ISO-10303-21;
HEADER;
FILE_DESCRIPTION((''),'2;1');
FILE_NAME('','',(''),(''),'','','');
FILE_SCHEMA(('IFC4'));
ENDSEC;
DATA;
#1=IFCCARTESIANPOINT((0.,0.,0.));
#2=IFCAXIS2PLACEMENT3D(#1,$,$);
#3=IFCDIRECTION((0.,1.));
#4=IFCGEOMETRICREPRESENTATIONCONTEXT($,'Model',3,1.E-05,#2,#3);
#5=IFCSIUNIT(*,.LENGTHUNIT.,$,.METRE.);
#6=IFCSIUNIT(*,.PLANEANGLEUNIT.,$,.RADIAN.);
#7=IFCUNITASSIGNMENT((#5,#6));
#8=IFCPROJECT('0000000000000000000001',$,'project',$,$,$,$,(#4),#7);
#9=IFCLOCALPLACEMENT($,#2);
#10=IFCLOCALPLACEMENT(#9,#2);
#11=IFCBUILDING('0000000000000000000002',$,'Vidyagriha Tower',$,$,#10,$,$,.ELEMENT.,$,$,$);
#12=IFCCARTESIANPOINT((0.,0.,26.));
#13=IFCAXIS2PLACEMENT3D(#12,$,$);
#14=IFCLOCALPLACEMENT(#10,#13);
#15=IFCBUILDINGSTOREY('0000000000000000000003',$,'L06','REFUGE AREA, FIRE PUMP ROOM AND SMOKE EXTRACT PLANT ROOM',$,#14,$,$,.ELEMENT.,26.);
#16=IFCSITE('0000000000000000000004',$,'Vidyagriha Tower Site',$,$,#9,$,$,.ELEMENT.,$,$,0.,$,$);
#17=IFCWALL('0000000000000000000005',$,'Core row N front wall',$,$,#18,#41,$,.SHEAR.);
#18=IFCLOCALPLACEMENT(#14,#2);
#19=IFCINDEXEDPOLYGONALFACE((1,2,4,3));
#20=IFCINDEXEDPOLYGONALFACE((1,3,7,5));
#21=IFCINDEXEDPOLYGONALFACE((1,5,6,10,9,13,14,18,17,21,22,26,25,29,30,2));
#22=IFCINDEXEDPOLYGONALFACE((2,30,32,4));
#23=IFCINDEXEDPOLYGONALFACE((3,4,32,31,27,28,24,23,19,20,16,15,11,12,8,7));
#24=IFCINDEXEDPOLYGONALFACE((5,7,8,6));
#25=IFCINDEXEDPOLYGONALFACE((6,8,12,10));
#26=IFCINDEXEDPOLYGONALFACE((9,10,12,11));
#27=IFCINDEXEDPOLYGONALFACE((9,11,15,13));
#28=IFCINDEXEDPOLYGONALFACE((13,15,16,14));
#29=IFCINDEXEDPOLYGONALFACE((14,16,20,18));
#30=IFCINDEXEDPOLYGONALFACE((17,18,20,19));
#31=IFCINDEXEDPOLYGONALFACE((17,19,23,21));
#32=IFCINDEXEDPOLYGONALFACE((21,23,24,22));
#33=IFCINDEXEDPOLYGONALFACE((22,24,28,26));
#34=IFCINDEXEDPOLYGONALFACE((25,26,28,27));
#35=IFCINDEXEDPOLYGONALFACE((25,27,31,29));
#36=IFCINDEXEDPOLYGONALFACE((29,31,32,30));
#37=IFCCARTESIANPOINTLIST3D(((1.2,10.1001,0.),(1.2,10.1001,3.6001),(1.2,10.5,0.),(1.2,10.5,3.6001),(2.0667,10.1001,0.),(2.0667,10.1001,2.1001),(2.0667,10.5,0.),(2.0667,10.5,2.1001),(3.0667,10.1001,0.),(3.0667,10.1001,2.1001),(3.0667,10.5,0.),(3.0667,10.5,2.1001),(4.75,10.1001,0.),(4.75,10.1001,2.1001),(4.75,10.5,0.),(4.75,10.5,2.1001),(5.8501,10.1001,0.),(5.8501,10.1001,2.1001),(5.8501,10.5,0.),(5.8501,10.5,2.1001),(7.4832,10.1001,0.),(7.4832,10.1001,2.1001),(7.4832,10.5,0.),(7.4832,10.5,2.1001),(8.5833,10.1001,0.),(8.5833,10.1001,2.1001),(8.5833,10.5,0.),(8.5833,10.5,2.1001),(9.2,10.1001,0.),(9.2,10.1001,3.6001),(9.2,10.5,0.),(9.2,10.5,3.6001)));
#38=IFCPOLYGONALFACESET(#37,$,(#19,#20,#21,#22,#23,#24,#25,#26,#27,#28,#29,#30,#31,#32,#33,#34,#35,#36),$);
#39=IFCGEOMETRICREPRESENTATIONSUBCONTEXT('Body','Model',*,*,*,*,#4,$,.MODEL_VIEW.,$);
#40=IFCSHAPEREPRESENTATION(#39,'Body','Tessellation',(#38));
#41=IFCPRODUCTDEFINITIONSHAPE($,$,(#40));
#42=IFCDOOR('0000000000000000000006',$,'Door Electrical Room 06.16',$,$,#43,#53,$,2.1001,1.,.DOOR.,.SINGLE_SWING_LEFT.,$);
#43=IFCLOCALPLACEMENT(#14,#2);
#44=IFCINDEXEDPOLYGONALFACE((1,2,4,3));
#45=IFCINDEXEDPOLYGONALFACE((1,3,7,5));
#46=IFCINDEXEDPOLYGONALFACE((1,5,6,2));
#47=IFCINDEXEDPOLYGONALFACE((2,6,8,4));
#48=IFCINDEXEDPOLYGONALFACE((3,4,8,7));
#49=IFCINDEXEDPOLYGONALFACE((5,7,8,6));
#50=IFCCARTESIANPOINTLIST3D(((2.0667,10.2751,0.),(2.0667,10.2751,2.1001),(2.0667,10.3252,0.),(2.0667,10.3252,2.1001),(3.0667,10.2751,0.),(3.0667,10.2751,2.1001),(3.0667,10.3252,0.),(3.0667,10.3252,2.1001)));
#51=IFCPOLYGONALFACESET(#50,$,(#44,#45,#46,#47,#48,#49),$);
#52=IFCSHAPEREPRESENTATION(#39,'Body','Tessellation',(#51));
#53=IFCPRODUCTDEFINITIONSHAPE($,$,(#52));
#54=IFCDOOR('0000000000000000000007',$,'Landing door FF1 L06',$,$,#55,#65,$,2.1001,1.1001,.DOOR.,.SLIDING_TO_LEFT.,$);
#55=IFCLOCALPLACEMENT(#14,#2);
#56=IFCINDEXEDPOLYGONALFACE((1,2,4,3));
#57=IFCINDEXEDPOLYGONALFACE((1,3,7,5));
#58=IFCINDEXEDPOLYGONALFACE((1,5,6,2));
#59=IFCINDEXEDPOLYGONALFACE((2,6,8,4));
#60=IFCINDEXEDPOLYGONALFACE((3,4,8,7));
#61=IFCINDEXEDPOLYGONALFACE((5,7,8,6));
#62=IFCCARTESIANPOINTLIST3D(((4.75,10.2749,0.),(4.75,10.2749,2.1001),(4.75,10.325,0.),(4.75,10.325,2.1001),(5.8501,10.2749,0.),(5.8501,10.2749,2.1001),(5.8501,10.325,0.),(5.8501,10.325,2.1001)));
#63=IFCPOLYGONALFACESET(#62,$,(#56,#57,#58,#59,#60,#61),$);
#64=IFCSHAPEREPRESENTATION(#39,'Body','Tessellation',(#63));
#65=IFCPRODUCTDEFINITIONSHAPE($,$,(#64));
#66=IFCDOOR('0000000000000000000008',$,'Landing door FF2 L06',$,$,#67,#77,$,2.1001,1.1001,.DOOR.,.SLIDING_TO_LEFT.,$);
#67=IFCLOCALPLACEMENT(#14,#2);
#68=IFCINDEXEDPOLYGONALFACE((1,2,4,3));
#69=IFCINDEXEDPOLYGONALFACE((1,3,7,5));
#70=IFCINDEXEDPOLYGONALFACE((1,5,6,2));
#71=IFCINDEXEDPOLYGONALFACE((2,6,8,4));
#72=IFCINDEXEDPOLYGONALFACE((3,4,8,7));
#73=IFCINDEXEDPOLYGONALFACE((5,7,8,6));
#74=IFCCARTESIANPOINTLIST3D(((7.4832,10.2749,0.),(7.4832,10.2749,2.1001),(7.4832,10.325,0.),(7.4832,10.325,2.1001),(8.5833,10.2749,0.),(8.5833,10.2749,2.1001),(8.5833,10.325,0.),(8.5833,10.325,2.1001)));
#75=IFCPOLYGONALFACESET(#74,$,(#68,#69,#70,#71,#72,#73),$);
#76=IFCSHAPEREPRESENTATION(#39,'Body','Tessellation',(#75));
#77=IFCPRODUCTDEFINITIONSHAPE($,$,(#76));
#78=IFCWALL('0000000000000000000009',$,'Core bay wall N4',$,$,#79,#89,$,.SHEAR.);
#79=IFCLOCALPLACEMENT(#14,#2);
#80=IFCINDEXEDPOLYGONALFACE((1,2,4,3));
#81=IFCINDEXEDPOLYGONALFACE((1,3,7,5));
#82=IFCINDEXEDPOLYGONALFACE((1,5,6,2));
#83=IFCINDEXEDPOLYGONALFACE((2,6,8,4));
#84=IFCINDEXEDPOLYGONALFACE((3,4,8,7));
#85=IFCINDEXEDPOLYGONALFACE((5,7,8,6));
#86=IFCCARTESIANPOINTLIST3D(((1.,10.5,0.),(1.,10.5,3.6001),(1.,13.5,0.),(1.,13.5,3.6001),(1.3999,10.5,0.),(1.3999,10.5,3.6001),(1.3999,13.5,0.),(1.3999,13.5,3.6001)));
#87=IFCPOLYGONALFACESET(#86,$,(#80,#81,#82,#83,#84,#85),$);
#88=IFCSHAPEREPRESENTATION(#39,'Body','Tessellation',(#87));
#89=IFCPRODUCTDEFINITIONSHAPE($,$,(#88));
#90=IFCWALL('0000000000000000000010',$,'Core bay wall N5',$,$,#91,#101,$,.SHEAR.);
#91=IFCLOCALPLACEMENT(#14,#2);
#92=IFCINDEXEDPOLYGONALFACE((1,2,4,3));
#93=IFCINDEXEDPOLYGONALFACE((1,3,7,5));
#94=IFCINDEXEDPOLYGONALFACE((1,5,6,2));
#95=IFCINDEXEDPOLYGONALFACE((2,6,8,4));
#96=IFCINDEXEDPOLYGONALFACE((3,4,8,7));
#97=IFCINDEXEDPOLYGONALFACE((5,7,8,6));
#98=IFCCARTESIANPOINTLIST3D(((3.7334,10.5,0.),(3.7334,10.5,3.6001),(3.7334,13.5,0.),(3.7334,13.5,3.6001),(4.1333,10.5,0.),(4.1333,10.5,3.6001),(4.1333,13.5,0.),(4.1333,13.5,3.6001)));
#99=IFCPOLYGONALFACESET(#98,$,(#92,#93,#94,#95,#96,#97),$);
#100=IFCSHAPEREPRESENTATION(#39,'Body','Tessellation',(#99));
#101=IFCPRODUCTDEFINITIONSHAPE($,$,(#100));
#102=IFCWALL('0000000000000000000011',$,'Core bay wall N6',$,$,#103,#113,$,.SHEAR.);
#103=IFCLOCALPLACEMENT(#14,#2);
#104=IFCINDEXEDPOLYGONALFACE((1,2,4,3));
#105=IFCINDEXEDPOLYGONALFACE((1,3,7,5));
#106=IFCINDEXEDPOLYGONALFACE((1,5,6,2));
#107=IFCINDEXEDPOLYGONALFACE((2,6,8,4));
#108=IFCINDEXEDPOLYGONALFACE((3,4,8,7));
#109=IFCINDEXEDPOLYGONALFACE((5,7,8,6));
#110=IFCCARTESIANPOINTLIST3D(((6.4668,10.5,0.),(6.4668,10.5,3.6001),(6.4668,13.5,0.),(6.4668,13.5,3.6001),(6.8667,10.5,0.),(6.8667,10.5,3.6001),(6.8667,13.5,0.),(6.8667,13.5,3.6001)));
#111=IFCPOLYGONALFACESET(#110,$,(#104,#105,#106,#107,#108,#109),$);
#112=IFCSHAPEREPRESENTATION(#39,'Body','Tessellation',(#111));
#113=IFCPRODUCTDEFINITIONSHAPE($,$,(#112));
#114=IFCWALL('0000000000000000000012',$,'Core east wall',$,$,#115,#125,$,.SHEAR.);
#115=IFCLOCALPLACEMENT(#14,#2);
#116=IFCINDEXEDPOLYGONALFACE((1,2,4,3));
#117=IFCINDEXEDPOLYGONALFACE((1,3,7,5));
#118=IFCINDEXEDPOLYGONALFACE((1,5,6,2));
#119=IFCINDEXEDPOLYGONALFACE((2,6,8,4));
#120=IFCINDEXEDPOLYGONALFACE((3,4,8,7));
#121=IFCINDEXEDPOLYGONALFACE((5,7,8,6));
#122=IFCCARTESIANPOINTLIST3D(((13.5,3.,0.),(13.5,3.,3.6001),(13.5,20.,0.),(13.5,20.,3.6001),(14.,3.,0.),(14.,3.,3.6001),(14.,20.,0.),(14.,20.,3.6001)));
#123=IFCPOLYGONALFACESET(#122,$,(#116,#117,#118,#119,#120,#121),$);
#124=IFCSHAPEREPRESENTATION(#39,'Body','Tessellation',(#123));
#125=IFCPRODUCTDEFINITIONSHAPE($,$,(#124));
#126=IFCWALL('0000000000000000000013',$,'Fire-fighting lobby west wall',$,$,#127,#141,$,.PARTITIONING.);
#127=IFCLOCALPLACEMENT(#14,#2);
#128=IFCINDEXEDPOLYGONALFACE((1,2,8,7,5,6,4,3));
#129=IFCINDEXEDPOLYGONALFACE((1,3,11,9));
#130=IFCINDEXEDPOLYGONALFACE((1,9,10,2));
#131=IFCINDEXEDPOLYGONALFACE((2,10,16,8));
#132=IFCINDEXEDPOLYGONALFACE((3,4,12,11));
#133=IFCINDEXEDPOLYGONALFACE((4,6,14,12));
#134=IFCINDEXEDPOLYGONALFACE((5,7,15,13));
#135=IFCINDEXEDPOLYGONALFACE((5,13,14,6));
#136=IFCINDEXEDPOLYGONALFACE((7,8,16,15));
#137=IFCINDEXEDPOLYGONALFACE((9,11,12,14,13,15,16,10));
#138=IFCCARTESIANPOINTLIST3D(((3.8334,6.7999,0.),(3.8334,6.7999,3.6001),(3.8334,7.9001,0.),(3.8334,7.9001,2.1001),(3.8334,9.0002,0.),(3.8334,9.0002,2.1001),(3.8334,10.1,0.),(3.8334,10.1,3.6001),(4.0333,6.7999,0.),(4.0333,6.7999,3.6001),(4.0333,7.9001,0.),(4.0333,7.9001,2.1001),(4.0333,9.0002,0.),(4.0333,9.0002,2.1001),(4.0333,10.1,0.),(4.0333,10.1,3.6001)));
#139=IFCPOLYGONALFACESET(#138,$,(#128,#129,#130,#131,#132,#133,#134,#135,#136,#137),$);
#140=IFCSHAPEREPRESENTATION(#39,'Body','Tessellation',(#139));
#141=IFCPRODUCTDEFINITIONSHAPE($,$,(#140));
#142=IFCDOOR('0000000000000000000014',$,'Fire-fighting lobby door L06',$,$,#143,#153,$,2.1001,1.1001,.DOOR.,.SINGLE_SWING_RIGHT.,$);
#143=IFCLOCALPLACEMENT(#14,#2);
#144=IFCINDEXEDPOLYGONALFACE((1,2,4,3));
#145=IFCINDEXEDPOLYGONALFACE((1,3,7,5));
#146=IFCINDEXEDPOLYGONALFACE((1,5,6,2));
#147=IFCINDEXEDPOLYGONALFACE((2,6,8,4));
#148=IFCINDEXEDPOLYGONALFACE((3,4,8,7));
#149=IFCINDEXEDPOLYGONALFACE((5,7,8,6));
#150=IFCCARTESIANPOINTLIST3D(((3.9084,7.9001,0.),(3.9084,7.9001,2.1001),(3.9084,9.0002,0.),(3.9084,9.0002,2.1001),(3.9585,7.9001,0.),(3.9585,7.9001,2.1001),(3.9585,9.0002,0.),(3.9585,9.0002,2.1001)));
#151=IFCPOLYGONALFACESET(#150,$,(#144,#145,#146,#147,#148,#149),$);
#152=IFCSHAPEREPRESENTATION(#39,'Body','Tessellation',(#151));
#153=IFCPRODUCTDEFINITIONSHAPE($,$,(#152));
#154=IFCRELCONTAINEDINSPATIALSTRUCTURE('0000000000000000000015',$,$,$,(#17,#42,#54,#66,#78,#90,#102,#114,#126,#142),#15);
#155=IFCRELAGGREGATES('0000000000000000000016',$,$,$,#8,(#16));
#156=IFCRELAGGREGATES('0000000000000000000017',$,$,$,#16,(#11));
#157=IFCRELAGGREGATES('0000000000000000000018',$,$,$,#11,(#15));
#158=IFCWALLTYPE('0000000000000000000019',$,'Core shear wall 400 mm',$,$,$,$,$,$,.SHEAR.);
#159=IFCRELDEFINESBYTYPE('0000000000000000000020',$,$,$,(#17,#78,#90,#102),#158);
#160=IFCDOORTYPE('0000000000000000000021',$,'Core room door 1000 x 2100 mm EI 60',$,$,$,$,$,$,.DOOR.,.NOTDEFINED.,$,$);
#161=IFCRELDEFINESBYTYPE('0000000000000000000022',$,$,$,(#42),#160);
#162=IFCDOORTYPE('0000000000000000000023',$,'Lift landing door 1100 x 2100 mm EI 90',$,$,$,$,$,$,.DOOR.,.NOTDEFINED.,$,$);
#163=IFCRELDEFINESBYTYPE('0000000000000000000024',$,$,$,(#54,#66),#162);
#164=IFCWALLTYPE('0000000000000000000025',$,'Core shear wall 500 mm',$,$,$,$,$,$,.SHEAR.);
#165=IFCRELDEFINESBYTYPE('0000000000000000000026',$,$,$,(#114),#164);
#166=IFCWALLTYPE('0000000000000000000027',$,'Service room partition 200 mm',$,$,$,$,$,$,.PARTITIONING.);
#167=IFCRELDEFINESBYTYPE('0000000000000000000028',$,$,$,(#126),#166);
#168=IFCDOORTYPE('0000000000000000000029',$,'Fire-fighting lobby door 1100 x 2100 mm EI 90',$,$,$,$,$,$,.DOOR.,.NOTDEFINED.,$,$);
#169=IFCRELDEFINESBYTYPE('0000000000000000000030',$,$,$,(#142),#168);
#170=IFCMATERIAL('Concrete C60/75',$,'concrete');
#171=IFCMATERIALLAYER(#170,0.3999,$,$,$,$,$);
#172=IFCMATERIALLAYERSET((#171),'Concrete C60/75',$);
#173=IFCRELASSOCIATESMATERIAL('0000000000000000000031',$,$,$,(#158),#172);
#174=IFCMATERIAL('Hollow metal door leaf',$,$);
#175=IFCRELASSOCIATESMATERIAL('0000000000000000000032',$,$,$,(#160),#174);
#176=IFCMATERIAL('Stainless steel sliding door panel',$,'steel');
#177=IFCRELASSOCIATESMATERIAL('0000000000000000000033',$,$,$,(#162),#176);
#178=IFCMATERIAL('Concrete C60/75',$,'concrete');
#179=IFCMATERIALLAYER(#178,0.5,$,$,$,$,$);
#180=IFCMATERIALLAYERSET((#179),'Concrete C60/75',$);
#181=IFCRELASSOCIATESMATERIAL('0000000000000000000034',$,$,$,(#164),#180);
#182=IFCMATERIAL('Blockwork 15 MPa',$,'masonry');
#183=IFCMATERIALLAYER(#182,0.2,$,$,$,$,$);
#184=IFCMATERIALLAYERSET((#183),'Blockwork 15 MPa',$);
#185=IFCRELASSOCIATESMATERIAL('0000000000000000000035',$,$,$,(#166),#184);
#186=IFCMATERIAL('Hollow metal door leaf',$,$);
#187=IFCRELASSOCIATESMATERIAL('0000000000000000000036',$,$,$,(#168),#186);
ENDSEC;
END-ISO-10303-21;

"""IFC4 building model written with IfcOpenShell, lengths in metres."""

from ifc_helpers import new_model, si_unit, direction, frame, frame_2d, origin, place, context, subcontext, project, spatial, rectangle, extrude, material, layer, layer_set, type_object, element, fill, save


model = new_model("IFC4")

# Units and contexts
model_context = context("Model", 3, precision=1e-05, world=origin(), true_north=direction((0.0, 1.0)))
body_context = subcontext(model_context, "Body", "Model", "MODEL_VIEW")
ifc_project = project(units=[si_unit("LENGTHUNIT", "METRE"), si_unit("PLANEANGLEUNIT", "RADIAN")], contexts=[model_context])

# Site, building, storey
site_placement = place(None, origin())
site = spatial("IfcSite", under=ifc_project, at=site_placement, Name="Vidyagriha Tower Site", CompositionType="ELEMENT", RefElevation=0.0)
building_placement = place(site_placement, origin())
building = spatial("IfcBuilding", under=site, at=building_placement, Name="Vidyagriha Tower", CompositionType="ELEMENT")
storey_placement = place(building_placement, frame((0.0, 0.0, 26.0)))
storey = spatial("IfcBuildingStorey", under=building, at=storey_placement, Name="L06", Description="REFUGE AREA, FIRE PUMP ROOM AND SMOKE EXTRACT PLANT ROOM", CompositionType="ELEMENT", Elevation=26.0)

# Shared definitions
ifc_material_1 = material(Name="Concrete C60/75", Category="concrete")
ifc_layer_1 = layer(ifc_material_1, 0.3999)
ifc_layer_set_1 = layer_set([ifc_layer_1], Name="Concrete C60/75")
wall_type_1 = type_object("IfcWallType", Name="Core shear wall 400 mm", PredefinedType="SHEAR", material=ifc_layer_set_1)
ifc_material_2 = material(Name="Hollow metal door leaf")
door_type_1 = type_object("IfcDoorType", Name="Core room door 1000 x 2100 mm EI 60", OperationType="NOTDEFINED", PredefinedType="DOOR", material=ifc_material_2)

# Wall, openings, doors
wall_1_placement = place(storey_placement, frame((1.2, 10.3, 0.0)))
wall_1 = element("IfcWall", 1, at=wall_1_placement, inside=storey, type_object=wall_type_1, Name="Core row N front wall", PredefinedType="SHEAR", context=body_context, shape_type="SweptSolid", body=[
    extrude(rectangle(XDim=8.0, YDim=0.3999, at=frame_2d((4.0, 0.0))), origin(), (0.0, 0.0, 1.0), 3.6001),
])
opening_1_placement = place(wall_1_placement, frame((3.55, 0.0, 0.0)))
opening_1 = element("IfcOpeningElement", 2, at=opening_1_placement, cuts=wall_1, PredefinedType="OPENING", context=body_context, shape_type="SweptSolid", body=[
    extrude(rectangle(XDim=1.1001, YDim=2.1001, at=frame_2d((0.55, 1.05))), frame((0.0, 0.21, 0.0), z_axis=(0.0, -1.0, 0.0), x_axis=(1.0, 0.0, 0.0)), (0.0, 0.0, 1.0), 0.4199),
])
opening_2_placement = place(wall_1_placement, frame((6.2832, 0.0, 0.0)))
opening_2 = element("IfcOpeningElement", 3, at=opening_2_placement, cuts=wall_1, PredefinedType="OPENING", context=body_context, shape_type="SweptSolid", body=[
    extrude(rectangle(XDim=1.1001, YDim=2.1001, at=frame_2d((0.55, 1.05))), frame((0.0, 0.21, 0.0), z_axis=(0.0, -1.0, 0.0), x_axis=(1.0, 0.0, 0.0)), (0.0, 0.0, 1.0), 0.4199),
])
opening_3_placement = place(wall_1_placement, frame((0.8667, 0.0, 0.0)))
opening_3 = element("IfcOpeningElement", 4, at=opening_3_placement, cuts=wall_1, PredefinedType="OPENING", context=body_context, shape_type="SweptSolid", body=[
    extrude(rectangle(XDim=1.0, YDim=2.1001, at=frame_2d((0.5, 1.05))), frame((0.0, 0.21, 0.0), z_axis=(0.0, -1.0, 0.0), x_axis=(1.0, 0.0, 0.0)), (0.0, 0.0, 1.0), 0.4199),
])
door_1_placement = place(opening_3_placement, frame((1.0, 0.0, 0.0), z_axis=(0.0, 0.0, 1.0), x_axis=(-1.0, 0.0, 0.0)))
door_1 = element("IfcDoor", 5, at=door_1_placement, inside=storey, type_object=door_type_1, Name="Door Electrical Room 06.16", OperationType="SINGLE_SWING_LEFT", OverallHeight=2.1001, OverallWidth=1.0, PredefinedType="DOOR", context=body_context, shape_type="SweptSolid", body=[
    extrude(rectangle(XDim=1.0, YDim=2.1001, at=frame_2d((0.5, 1.05))), frame((0.0, 0.0249, 0.0), z_axis=(0.0, -1.0, 0.0), x_axis=(1.0, 0.0, 0.0)), (0.0, 0.0, 1.0), 0.05),
])
fill(opening_3, door_1)
ifc_material_3 = material(Name="Stainless steel sliding door panel", Category="steel")
door_type_2 = type_object("IfcDoorType", Name="Lift landing door 1100 x 2100 mm EI 90", OperationType="NOTDEFINED", PredefinedType="DOOR", material=ifc_material_3)
door_2_placement = place(opening_1_placement, origin())
door_2 = element("IfcDoor", 6, at=door_2_placement, inside=storey, type_object=door_type_2, Name="Landing door FF1 L06", OperationType="SLIDING_TO_LEFT", OverallHeight=2.1001, OverallWidth=1.1001, PredefinedType="DOOR", context=body_context, shape_type="SweptSolid", body=[
    extrude(rectangle(XDim=1.1001, YDim=2.1001, at=frame_2d((0.55, 1.05))), frame((0.0, 0.0249, 0.0), z_axis=(0.0, -1.0, 0.0), x_axis=(1.0, 0.0, 0.0)), (0.0, 0.0, 1.0), 0.05),
])
fill(opening_1, door_2)
door_3_placement = place(opening_2_placement, origin())
door_3 = element("IfcDoor", 7, at=door_3_placement, inside=storey, type_object=door_type_2, Name="Landing door FF2 L06", OperationType="SLIDING_TO_LEFT", OverallHeight=2.1001, OverallWidth=1.1001, PredefinedType="DOOR", context=body_context, shape_type="SweptSolid", body=[
    extrude(rectangle(XDim=1.1001, YDim=2.1001, at=frame_2d((0.55, 1.05))), frame((0.0, 0.0249, 0.0), z_axis=(0.0, -1.0, 0.0), x_axis=(1.0, 0.0, 0.0)), (0.0, 0.0, 1.0), 0.05),
])
fill(opening_2, door_3)

# Walls
for number, where, z_axis, x_axis, name in (
    (8, (1.2, 10.5, 0.0), (0.0, 0.0, 1.0), (0.0, 1.0, 0.0), "Core bay wall N4"),
    (9, (3.9333, 10.5, 0.0), (0.0, 0.0, 1.0), (0.0, 1.0, 0.0), "Core bay wall N5"),
    (10, (6.6667, 10.5, 0.0), (0.0, 0.0, 1.0), (0.0, 1.0, 0.0), "Core bay wall N6"),
):
    element("IfcWall", number, at=place(storey_placement, frame(where, z_axis=z_axis, x_axis=x_axis)), inside=storey, type_object=wall_type_1, Name=name, PredefinedType="SHEAR", context=body_context, shape_type="SweptSolid", body=[
        extrude(rectangle(XDim=3.0, YDim=0.3999, at=frame_2d((1.5, 0.0))), origin(), (0.0, 0.0, 1.0), 3.6001),
    ])
ifc_material_4 = material(Name="Concrete C60/75", Category="concrete")
ifc_layer_2 = layer(ifc_material_4, 0.5)
ifc_layer_set_2 = layer_set([ifc_layer_2], Name="Concrete C60/75")
wall_type_2 = type_object("IfcWallType", Name="Core shear wall 500 mm", PredefinedType="SHEAR", material=ifc_layer_set_2)
wall_2_placement = place(storey_placement, frame((13.75, 3.0, 0.0), z_axis=(0.0, 0.0, 1.0), x_axis=(0.0, 1.0, 0.0)))
element("IfcWall", 11, at=wall_2_placement, inside=storey, type_object=wall_type_2, Name="Core east wall", PredefinedType="SHEAR", context=body_context, shape_type="SweptSolid", body=[
    extrude(rectangle(XDim=17.0, YDim=0.5, at=frame_2d((8.5, 0.0))), origin(), (0.0, 0.0, 1.0), 3.6001),
])

# Wall, opening, door
ifc_material_5 = material(Name="Blockwork 15 MPa", Category="masonry")
ifc_layer_3 = layer(ifc_material_5, 0.2)
ifc_layer_set_3 = layer_set([ifc_layer_3], Name="Blockwork 15 MPa")
wall_type_3 = type_object("IfcWallType", Name="Service room partition 200 mm", PredefinedType="PARTITIONING", material=ifc_layer_set_3)
wall_3_placement = place(storey_placement, frame((3.9333, 6.8, 0.0), z_axis=(0.0, 0.0, 1.0), x_axis=(0.0, 1.0, 0.0)))
wall_3 = element("IfcWall", 12, at=wall_3_placement, inside=storey, type_object=wall_type_3, Name="Fire-fighting lobby west wall", PredefinedType="PARTITIONING", context=body_context, shape_type="SweptSolid", body=[
    extrude(rectangle(XDim=3.3, YDim=0.2, at=frame_2d((1.6499, 0.0))), origin(), (0.0, 0.0, 1.0), 3.6001),
])
opening_4_placement = place(wall_3_placement, frame((1.1001, 0.0, 0.0)))
opening_4 = element("IfcOpeningElement", 13, at=opening_4_placement, cuts=wall_3, PredefinedType="OPENING", context=body_context, shape_type="SweptSolid", body=[
    extrude(rectangle(XDim=1.1001, YDim=2.1001, at=frame_2d((0.55, 1.05))), frame((0.0, 0.1099, 0.0), z_axis=(0.0, -1.0, 0.0), x_axis=(1.0, 0.0, 0.0)), (0.0, 0.0, 1.0), 0.22),
])
ifc_material_6 = material(Name="Hollow metal door leaf")
door_type_3 = type_object("IfcDoorType", Name="Fire-fighting lobby door 1100 x 2100 mm EI 90", OperationType="NOTDEFINED", PredefinedType="DOOR", material=ifc_material_6)
door_4_placement = place(opening_4_placement, origin())
door_4 = element("IfcDoor", 14, at=door_4_placement, inside=storey, type_object=door_type_3, Name="Fire-fighting lobby door L06", OperationType="SINGLE_SWING_RIGHT", OverallHeight=2.1001, OverallWidth=1.1001, PredefinedType="DOOR", context=body_context, shape_type="SweptSolid", body=[
    extrude(rectangle(XDim=1.1001, YDim=2.1001, at=frame_2d((0.55, 1.05))), frame((0.0, 0.0249, 0.0), z_axis=(0.0, -1.0, 0.0), x_axis=(1.0, 0.0, 0.0)), (0.0, 0.0, 1.0), 0.05),
])
fill(opening_4, door_4)

save(model, "model.ifc")
